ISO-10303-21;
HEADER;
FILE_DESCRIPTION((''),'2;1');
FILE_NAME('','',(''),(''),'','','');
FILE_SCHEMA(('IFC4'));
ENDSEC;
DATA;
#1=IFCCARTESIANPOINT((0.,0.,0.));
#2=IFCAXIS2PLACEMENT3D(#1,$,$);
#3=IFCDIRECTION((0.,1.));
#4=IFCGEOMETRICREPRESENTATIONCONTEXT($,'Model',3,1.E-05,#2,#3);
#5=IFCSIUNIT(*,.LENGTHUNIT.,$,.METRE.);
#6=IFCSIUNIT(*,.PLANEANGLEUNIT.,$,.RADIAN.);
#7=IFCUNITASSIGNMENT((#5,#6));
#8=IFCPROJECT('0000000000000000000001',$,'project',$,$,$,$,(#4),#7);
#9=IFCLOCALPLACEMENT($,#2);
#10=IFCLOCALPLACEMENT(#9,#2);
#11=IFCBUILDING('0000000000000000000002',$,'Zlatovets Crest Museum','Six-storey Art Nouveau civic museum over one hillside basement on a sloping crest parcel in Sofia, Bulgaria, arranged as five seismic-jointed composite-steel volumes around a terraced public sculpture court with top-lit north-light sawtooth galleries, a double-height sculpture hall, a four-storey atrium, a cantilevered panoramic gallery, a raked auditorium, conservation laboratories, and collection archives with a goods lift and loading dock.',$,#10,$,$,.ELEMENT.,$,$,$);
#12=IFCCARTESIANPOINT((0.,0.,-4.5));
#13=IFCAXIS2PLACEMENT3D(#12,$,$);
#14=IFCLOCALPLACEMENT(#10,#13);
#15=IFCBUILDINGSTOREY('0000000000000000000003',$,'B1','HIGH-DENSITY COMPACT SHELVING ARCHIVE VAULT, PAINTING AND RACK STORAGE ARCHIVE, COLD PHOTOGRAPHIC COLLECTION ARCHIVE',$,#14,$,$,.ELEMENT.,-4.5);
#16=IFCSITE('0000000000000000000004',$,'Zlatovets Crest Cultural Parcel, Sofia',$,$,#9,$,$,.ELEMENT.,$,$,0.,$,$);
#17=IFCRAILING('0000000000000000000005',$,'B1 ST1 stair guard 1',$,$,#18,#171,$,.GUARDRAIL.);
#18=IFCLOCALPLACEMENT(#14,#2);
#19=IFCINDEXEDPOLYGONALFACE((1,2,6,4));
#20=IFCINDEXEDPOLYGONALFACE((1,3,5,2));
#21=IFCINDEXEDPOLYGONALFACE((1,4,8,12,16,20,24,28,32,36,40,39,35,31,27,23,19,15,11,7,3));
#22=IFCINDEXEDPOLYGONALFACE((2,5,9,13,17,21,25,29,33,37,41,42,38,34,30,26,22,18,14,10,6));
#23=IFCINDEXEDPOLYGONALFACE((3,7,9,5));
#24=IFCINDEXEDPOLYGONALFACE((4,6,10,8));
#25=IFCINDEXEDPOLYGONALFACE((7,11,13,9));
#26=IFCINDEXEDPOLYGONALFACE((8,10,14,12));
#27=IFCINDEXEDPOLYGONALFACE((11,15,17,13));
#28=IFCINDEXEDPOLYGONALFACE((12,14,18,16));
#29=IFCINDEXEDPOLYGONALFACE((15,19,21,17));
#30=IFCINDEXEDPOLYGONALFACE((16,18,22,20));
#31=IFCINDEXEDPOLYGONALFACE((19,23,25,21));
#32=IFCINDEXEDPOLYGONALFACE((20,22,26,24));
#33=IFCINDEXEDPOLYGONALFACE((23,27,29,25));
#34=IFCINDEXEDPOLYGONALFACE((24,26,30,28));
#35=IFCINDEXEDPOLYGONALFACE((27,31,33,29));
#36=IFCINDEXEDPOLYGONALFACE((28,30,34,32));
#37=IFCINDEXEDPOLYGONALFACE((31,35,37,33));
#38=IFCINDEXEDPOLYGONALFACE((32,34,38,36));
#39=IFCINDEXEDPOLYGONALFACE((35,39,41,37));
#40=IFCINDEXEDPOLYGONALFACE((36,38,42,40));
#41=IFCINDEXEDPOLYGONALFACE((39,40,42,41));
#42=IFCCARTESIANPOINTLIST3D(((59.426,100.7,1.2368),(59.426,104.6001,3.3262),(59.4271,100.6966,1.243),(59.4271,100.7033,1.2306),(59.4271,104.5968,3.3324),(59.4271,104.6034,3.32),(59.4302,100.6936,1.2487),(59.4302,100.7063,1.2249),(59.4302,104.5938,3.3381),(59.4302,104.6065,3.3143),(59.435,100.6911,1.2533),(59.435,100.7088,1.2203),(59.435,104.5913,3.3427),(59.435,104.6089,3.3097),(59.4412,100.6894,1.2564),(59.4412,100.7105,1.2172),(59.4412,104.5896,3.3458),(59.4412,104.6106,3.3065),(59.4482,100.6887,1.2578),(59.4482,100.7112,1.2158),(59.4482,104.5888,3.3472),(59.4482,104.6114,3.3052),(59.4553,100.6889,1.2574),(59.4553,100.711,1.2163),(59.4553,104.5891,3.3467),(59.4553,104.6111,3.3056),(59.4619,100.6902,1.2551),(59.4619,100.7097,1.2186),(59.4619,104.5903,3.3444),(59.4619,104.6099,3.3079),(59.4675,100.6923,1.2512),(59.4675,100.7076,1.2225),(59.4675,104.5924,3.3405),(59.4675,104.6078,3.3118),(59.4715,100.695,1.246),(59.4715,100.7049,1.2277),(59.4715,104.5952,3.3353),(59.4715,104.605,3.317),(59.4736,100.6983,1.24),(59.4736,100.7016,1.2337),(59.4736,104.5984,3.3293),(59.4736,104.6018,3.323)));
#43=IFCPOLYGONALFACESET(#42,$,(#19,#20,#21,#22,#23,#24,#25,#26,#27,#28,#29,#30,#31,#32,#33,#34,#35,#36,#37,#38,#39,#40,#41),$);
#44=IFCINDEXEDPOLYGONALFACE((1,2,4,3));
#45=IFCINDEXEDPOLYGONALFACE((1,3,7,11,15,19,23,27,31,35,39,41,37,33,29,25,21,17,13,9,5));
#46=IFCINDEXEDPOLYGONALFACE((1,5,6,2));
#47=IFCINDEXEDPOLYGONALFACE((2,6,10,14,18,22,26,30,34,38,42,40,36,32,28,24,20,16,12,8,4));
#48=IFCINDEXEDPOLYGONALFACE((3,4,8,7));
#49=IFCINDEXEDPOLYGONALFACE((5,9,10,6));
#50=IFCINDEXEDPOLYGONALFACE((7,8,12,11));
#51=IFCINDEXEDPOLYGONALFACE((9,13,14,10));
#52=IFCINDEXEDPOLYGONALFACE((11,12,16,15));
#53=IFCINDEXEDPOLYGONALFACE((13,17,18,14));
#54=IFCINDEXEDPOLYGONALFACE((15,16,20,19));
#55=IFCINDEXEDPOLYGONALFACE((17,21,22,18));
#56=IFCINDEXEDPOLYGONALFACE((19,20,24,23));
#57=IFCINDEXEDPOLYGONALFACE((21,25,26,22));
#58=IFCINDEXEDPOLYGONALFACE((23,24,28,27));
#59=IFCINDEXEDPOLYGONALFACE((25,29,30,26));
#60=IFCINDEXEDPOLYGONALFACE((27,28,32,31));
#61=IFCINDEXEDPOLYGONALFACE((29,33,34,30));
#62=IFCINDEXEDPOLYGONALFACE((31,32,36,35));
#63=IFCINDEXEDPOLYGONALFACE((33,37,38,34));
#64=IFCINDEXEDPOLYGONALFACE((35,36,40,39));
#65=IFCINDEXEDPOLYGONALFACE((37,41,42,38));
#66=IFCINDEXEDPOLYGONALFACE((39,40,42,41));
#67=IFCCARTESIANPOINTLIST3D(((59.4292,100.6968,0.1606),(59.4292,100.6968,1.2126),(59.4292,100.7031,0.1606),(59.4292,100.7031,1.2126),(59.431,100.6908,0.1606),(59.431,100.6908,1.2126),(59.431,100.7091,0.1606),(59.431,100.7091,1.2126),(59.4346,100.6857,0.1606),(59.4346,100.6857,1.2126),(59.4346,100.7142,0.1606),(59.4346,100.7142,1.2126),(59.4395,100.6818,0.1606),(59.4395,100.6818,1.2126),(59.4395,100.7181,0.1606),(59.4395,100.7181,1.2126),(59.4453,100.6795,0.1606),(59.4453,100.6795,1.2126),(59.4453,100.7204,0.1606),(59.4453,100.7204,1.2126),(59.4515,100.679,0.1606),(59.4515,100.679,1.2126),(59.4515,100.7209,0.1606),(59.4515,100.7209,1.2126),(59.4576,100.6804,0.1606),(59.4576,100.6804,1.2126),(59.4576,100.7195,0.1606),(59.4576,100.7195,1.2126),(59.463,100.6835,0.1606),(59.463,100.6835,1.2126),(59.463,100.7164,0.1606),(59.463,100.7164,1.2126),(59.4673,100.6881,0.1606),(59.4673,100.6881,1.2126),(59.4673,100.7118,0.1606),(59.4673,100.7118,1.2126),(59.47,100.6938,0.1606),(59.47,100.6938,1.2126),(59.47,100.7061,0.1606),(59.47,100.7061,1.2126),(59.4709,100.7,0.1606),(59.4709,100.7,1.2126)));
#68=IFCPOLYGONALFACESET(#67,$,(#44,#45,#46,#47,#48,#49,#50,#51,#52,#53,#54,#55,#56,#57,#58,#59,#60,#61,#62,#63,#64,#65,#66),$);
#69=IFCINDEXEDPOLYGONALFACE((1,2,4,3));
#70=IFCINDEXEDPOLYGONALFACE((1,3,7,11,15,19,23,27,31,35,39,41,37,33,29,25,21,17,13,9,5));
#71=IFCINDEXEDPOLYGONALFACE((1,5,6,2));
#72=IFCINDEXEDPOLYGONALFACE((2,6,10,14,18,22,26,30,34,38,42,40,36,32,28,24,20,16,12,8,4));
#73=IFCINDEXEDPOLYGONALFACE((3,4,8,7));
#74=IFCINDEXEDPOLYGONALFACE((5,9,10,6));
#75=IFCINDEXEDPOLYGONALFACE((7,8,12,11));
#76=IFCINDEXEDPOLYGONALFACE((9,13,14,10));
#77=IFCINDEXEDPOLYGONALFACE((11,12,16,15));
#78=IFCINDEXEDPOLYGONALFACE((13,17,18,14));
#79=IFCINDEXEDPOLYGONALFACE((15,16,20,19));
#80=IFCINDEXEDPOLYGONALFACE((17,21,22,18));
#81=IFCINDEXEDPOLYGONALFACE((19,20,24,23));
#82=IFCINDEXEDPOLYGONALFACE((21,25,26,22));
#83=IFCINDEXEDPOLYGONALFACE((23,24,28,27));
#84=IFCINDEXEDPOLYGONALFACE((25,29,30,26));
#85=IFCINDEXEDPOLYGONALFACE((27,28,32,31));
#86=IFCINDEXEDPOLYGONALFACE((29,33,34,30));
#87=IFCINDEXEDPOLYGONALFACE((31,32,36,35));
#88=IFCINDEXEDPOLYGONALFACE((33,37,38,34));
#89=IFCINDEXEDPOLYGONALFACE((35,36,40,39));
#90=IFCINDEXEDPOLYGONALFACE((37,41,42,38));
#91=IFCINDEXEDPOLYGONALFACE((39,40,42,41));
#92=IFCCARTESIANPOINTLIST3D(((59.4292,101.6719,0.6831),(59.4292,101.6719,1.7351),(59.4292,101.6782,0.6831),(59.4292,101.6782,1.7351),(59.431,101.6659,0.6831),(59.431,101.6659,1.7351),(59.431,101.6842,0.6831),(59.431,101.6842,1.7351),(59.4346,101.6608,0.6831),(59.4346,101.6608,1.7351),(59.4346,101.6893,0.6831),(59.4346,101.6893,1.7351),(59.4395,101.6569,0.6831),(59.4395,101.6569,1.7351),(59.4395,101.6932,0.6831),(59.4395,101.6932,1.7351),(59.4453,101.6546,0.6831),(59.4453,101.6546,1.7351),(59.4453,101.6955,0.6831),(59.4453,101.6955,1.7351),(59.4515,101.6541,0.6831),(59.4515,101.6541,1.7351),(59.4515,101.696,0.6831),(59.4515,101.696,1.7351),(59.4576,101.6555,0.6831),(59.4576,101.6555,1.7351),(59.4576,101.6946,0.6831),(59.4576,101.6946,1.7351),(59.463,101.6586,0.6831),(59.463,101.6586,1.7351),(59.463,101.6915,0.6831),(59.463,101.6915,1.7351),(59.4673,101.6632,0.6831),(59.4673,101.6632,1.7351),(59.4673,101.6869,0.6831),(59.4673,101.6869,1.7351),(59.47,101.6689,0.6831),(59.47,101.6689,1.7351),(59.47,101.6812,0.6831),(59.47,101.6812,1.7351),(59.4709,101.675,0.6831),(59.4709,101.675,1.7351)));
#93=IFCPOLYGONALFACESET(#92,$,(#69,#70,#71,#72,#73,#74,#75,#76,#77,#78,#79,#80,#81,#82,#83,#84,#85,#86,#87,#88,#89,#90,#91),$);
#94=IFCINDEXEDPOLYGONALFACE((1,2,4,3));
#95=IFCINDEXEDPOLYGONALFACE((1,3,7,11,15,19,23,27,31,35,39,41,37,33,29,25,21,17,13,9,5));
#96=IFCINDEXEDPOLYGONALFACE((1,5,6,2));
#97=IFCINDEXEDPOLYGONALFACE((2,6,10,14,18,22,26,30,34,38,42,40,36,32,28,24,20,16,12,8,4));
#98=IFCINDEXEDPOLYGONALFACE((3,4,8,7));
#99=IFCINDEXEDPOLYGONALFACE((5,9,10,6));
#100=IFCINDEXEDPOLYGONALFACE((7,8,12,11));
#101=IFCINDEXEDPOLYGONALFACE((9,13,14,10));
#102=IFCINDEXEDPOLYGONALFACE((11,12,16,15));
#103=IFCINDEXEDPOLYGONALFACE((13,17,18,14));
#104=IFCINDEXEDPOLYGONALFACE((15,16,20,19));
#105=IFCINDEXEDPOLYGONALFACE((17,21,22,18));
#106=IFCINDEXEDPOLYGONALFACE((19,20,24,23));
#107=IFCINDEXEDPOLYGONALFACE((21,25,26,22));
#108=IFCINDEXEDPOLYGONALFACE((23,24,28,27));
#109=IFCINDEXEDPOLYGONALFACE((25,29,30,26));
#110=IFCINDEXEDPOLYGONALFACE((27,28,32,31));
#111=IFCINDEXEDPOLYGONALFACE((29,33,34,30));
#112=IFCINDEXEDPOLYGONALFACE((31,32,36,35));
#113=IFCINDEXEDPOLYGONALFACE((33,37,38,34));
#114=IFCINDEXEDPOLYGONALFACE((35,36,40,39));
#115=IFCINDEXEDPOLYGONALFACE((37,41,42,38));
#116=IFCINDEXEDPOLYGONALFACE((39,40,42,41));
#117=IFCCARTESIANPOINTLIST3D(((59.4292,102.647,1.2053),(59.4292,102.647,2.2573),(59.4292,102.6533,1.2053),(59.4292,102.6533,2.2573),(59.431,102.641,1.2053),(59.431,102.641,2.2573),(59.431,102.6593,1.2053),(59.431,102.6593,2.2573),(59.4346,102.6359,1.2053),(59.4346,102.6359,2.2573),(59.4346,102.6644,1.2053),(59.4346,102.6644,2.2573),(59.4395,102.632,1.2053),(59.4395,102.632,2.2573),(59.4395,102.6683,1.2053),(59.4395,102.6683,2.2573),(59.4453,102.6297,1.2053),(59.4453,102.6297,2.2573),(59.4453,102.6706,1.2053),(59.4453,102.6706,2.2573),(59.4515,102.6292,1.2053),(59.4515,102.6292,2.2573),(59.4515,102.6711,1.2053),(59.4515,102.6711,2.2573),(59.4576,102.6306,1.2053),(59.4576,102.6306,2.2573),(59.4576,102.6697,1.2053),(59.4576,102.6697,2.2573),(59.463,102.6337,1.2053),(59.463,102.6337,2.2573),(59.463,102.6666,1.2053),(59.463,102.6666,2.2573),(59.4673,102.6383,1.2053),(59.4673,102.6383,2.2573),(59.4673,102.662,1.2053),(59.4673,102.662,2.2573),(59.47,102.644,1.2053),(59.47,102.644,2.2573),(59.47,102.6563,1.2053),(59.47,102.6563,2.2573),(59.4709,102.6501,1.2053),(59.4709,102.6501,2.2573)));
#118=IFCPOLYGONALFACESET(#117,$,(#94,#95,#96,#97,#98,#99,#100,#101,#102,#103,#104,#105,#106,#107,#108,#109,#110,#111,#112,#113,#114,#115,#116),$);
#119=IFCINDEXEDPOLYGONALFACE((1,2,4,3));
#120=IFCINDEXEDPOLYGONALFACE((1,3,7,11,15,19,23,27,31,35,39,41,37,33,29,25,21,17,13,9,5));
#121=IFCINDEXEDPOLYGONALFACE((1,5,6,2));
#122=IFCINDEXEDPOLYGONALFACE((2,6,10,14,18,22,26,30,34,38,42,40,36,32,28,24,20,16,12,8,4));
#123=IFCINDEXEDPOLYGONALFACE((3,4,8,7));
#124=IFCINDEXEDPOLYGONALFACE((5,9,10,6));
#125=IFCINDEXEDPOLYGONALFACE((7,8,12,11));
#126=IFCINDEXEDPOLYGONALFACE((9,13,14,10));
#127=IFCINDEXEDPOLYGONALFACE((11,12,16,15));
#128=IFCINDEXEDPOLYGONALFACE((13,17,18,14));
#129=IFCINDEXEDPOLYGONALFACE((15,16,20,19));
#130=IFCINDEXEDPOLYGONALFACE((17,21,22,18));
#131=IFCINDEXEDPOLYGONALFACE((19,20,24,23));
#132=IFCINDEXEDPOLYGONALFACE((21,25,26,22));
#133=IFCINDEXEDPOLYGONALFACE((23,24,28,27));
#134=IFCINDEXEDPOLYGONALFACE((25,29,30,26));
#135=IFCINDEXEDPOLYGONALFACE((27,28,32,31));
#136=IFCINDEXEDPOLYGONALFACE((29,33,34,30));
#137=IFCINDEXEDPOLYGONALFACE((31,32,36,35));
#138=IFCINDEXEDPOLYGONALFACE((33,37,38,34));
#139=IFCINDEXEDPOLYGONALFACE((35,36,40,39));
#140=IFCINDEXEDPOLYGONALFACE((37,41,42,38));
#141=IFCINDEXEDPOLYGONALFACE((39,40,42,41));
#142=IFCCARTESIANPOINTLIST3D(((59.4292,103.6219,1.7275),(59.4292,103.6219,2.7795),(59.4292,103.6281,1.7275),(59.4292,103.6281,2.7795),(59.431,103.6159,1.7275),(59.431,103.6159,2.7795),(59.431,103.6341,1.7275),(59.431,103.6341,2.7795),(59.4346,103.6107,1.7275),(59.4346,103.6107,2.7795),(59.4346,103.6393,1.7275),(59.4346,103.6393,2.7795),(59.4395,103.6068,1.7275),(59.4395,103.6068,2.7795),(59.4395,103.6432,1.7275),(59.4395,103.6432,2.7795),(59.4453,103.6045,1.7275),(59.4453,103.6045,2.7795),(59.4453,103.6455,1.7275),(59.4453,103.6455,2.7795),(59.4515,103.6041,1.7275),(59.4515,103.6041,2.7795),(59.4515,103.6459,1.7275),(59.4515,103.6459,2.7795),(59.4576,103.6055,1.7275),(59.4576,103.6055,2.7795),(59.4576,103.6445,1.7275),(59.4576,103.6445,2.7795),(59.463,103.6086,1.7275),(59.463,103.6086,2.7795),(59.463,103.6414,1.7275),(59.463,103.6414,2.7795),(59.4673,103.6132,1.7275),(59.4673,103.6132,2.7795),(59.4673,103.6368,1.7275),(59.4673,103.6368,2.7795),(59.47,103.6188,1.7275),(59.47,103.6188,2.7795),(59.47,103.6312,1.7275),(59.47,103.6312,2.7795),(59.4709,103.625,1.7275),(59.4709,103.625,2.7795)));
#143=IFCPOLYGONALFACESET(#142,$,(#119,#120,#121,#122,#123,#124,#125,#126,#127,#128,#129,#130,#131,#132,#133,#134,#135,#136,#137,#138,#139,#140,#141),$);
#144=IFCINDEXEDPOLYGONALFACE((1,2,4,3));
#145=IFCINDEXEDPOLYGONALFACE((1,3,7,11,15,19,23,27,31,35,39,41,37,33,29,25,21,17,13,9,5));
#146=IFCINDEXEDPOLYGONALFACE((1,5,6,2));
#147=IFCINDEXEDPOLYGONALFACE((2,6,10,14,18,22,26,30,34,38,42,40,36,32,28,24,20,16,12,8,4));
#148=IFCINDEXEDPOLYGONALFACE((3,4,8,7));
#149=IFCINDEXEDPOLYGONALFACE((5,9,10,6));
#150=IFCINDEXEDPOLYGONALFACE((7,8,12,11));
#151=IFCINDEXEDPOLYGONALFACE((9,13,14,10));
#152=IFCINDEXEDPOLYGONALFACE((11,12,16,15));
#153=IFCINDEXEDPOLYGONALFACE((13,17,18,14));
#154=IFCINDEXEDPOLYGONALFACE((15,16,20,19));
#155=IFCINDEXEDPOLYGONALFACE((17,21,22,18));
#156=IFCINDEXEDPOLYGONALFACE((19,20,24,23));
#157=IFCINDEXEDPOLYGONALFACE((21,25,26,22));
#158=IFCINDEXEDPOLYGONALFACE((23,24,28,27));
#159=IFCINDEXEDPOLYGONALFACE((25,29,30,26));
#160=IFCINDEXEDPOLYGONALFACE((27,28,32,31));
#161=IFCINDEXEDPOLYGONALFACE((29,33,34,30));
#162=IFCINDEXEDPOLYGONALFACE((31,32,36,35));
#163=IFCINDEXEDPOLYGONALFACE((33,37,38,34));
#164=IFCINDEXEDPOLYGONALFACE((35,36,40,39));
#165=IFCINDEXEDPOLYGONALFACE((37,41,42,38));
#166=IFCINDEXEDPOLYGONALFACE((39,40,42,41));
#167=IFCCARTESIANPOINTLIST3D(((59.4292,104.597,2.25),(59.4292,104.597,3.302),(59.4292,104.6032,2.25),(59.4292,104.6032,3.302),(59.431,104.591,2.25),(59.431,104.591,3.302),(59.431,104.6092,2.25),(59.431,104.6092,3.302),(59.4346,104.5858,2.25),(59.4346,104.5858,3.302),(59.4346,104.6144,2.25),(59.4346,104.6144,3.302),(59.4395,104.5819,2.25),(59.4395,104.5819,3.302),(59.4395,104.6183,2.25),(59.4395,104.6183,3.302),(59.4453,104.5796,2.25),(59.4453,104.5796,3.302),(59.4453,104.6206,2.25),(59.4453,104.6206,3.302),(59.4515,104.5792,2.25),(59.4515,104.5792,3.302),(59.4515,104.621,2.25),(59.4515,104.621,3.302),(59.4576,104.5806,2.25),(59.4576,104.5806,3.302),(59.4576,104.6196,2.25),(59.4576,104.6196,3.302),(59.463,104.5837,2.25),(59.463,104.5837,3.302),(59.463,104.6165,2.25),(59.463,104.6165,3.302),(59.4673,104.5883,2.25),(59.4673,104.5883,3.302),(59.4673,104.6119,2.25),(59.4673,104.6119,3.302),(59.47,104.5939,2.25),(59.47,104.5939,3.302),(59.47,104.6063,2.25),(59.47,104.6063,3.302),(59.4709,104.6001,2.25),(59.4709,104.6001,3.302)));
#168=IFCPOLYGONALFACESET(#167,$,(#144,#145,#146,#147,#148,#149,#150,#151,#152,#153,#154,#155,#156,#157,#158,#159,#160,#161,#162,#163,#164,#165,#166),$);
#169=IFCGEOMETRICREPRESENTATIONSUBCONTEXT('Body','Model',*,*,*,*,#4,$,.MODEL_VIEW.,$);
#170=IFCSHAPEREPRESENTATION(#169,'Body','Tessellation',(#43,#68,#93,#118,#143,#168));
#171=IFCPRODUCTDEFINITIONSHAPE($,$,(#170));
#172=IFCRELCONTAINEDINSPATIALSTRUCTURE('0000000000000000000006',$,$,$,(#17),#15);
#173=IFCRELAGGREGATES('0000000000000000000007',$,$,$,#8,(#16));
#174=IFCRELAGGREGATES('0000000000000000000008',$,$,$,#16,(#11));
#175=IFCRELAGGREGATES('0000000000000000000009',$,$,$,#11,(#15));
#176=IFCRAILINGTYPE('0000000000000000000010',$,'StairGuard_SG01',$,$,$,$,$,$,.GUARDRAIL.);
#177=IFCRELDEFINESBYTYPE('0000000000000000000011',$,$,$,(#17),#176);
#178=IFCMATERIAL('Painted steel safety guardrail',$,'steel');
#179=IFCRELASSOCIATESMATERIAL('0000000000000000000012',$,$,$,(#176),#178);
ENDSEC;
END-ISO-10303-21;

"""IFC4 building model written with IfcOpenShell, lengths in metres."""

from ifc_helpers import new_model, si_unit, direction, frame, origin, origin_2d, place, context, subcontext, project, spatial, circle, extrude, material, type_object, element, save


model = new_model("IFC4")

# Units and contexts
model_context = context("Model", 3, precision=1e-05, world=origin(), true_north=direction((0.0, 1.0)))
body_context = subcontext(model_context, "Body", "Model", "MODEL_VIEW")
ifc_project = project(units=[si_unit("LENGTHUNIT", "METRE"), si_unit("PLANEANGLEUNIT", "RADIAN")], contexts=[model_context])

# Site, building, storey
site_placement = place(None, origin())
site = spatial("IfcSite", under=ifc_project, at=site_placement, Name="Zlatovets Crest Cultural Parcel, Sofia", CompositionType="ELEMENT", RefElevation=0.0)
building_placement = place(site_placement, origin())
building = spatial("IfcBuilding", under=site, at=building_placement, Name="Zlatovets Crest Museum", Description="Six-storey Art Nouveau civic museum over one hillside basement on a sloping crest parcel in Sofia, Bulgaria, arranged as five seismic-jointed composite-steel volumes around a terraced public sculpture court with top-lit north-light sawtooth galleries, a double-height sculpture hall, a four-storey atrium, a cantilevered panoramic gallery, a raked auditorium, conservation laboratories, and collection archives with a goods lift and loading dock.", CompositionType="ELEMENT")
storey_placement = place(building_placement, frame((0.0, 0.0, -4.5)))
storey = spatial("IfcBuildingStorey", under=building, at=storey_placement, Name="B1", Description="HIGH-DENSITY COMPACT SHELVING ARCHIVE VAULT, PAINTING AND RACK STORAGE ARCHIVE, COLD PHOTOGRAPHIC COLLECTION ARCHIVE", CompositionType="ELEMENT", Elevation=-4.5)

# Railing
ifc_material_1 = material(Name="Painted steel safety guardrail", Category="steel")
railing_type_1 = type_object("IfcRailingType", Name="StairGuard_SG01", PredefinedType="GUARDRAIL", material=ifc_material_1)
railing_1_placement = place(storey_placement, frame((59.45, 100.7, 0.1606)))
element("IfcRailing", 1, at=railing_1_placement, inside=storey, type_object=railing_type_1, Name="B1 ST1 stair guard 1", PredefinedType="GUARDRAIL", context=body_context, shape_type="SweptSolid", body=[
    extrude(circle(Radius=0.0239, at=origin_2d()), frame((0.0, 0.0, 1.0762), z_axis=(0.0, 0.881481, 0.47222), x_axis=(-1.0, 0.0, 0.0)), (0.0, 0.0, 1.0), 4.4246),
    extrude(circle(Radius=0.021, at=origin_2d()), origin(), (0.0, 0.0, 1.0), 1.052),
    extrude(circle(Radius=0.021, at=origin_2d()), frame((0.0, 0.9751, 0.5225)), (0.0, 0.0, 1.0), 1.052),
    extrude(circle(Radius=0.021, at=origin_2d()), frame((0.0, 1.9502, 1.0447)), (0.0, 0.0, 1.0), 1.052),
    extrude(circle(Radius=0.021, at=origin_2d()), frame((0.0, 2.925, 1.5669)), (0.0, 0.0, 1.0), 1.052),
    extrude(circle(Radius=0.021, at=origin_2d()), frame((0.0, 3.9001, 2.0894)), (0.0, 0.0, 1.0), 1.052),
])

save(model, "model.ifc")
